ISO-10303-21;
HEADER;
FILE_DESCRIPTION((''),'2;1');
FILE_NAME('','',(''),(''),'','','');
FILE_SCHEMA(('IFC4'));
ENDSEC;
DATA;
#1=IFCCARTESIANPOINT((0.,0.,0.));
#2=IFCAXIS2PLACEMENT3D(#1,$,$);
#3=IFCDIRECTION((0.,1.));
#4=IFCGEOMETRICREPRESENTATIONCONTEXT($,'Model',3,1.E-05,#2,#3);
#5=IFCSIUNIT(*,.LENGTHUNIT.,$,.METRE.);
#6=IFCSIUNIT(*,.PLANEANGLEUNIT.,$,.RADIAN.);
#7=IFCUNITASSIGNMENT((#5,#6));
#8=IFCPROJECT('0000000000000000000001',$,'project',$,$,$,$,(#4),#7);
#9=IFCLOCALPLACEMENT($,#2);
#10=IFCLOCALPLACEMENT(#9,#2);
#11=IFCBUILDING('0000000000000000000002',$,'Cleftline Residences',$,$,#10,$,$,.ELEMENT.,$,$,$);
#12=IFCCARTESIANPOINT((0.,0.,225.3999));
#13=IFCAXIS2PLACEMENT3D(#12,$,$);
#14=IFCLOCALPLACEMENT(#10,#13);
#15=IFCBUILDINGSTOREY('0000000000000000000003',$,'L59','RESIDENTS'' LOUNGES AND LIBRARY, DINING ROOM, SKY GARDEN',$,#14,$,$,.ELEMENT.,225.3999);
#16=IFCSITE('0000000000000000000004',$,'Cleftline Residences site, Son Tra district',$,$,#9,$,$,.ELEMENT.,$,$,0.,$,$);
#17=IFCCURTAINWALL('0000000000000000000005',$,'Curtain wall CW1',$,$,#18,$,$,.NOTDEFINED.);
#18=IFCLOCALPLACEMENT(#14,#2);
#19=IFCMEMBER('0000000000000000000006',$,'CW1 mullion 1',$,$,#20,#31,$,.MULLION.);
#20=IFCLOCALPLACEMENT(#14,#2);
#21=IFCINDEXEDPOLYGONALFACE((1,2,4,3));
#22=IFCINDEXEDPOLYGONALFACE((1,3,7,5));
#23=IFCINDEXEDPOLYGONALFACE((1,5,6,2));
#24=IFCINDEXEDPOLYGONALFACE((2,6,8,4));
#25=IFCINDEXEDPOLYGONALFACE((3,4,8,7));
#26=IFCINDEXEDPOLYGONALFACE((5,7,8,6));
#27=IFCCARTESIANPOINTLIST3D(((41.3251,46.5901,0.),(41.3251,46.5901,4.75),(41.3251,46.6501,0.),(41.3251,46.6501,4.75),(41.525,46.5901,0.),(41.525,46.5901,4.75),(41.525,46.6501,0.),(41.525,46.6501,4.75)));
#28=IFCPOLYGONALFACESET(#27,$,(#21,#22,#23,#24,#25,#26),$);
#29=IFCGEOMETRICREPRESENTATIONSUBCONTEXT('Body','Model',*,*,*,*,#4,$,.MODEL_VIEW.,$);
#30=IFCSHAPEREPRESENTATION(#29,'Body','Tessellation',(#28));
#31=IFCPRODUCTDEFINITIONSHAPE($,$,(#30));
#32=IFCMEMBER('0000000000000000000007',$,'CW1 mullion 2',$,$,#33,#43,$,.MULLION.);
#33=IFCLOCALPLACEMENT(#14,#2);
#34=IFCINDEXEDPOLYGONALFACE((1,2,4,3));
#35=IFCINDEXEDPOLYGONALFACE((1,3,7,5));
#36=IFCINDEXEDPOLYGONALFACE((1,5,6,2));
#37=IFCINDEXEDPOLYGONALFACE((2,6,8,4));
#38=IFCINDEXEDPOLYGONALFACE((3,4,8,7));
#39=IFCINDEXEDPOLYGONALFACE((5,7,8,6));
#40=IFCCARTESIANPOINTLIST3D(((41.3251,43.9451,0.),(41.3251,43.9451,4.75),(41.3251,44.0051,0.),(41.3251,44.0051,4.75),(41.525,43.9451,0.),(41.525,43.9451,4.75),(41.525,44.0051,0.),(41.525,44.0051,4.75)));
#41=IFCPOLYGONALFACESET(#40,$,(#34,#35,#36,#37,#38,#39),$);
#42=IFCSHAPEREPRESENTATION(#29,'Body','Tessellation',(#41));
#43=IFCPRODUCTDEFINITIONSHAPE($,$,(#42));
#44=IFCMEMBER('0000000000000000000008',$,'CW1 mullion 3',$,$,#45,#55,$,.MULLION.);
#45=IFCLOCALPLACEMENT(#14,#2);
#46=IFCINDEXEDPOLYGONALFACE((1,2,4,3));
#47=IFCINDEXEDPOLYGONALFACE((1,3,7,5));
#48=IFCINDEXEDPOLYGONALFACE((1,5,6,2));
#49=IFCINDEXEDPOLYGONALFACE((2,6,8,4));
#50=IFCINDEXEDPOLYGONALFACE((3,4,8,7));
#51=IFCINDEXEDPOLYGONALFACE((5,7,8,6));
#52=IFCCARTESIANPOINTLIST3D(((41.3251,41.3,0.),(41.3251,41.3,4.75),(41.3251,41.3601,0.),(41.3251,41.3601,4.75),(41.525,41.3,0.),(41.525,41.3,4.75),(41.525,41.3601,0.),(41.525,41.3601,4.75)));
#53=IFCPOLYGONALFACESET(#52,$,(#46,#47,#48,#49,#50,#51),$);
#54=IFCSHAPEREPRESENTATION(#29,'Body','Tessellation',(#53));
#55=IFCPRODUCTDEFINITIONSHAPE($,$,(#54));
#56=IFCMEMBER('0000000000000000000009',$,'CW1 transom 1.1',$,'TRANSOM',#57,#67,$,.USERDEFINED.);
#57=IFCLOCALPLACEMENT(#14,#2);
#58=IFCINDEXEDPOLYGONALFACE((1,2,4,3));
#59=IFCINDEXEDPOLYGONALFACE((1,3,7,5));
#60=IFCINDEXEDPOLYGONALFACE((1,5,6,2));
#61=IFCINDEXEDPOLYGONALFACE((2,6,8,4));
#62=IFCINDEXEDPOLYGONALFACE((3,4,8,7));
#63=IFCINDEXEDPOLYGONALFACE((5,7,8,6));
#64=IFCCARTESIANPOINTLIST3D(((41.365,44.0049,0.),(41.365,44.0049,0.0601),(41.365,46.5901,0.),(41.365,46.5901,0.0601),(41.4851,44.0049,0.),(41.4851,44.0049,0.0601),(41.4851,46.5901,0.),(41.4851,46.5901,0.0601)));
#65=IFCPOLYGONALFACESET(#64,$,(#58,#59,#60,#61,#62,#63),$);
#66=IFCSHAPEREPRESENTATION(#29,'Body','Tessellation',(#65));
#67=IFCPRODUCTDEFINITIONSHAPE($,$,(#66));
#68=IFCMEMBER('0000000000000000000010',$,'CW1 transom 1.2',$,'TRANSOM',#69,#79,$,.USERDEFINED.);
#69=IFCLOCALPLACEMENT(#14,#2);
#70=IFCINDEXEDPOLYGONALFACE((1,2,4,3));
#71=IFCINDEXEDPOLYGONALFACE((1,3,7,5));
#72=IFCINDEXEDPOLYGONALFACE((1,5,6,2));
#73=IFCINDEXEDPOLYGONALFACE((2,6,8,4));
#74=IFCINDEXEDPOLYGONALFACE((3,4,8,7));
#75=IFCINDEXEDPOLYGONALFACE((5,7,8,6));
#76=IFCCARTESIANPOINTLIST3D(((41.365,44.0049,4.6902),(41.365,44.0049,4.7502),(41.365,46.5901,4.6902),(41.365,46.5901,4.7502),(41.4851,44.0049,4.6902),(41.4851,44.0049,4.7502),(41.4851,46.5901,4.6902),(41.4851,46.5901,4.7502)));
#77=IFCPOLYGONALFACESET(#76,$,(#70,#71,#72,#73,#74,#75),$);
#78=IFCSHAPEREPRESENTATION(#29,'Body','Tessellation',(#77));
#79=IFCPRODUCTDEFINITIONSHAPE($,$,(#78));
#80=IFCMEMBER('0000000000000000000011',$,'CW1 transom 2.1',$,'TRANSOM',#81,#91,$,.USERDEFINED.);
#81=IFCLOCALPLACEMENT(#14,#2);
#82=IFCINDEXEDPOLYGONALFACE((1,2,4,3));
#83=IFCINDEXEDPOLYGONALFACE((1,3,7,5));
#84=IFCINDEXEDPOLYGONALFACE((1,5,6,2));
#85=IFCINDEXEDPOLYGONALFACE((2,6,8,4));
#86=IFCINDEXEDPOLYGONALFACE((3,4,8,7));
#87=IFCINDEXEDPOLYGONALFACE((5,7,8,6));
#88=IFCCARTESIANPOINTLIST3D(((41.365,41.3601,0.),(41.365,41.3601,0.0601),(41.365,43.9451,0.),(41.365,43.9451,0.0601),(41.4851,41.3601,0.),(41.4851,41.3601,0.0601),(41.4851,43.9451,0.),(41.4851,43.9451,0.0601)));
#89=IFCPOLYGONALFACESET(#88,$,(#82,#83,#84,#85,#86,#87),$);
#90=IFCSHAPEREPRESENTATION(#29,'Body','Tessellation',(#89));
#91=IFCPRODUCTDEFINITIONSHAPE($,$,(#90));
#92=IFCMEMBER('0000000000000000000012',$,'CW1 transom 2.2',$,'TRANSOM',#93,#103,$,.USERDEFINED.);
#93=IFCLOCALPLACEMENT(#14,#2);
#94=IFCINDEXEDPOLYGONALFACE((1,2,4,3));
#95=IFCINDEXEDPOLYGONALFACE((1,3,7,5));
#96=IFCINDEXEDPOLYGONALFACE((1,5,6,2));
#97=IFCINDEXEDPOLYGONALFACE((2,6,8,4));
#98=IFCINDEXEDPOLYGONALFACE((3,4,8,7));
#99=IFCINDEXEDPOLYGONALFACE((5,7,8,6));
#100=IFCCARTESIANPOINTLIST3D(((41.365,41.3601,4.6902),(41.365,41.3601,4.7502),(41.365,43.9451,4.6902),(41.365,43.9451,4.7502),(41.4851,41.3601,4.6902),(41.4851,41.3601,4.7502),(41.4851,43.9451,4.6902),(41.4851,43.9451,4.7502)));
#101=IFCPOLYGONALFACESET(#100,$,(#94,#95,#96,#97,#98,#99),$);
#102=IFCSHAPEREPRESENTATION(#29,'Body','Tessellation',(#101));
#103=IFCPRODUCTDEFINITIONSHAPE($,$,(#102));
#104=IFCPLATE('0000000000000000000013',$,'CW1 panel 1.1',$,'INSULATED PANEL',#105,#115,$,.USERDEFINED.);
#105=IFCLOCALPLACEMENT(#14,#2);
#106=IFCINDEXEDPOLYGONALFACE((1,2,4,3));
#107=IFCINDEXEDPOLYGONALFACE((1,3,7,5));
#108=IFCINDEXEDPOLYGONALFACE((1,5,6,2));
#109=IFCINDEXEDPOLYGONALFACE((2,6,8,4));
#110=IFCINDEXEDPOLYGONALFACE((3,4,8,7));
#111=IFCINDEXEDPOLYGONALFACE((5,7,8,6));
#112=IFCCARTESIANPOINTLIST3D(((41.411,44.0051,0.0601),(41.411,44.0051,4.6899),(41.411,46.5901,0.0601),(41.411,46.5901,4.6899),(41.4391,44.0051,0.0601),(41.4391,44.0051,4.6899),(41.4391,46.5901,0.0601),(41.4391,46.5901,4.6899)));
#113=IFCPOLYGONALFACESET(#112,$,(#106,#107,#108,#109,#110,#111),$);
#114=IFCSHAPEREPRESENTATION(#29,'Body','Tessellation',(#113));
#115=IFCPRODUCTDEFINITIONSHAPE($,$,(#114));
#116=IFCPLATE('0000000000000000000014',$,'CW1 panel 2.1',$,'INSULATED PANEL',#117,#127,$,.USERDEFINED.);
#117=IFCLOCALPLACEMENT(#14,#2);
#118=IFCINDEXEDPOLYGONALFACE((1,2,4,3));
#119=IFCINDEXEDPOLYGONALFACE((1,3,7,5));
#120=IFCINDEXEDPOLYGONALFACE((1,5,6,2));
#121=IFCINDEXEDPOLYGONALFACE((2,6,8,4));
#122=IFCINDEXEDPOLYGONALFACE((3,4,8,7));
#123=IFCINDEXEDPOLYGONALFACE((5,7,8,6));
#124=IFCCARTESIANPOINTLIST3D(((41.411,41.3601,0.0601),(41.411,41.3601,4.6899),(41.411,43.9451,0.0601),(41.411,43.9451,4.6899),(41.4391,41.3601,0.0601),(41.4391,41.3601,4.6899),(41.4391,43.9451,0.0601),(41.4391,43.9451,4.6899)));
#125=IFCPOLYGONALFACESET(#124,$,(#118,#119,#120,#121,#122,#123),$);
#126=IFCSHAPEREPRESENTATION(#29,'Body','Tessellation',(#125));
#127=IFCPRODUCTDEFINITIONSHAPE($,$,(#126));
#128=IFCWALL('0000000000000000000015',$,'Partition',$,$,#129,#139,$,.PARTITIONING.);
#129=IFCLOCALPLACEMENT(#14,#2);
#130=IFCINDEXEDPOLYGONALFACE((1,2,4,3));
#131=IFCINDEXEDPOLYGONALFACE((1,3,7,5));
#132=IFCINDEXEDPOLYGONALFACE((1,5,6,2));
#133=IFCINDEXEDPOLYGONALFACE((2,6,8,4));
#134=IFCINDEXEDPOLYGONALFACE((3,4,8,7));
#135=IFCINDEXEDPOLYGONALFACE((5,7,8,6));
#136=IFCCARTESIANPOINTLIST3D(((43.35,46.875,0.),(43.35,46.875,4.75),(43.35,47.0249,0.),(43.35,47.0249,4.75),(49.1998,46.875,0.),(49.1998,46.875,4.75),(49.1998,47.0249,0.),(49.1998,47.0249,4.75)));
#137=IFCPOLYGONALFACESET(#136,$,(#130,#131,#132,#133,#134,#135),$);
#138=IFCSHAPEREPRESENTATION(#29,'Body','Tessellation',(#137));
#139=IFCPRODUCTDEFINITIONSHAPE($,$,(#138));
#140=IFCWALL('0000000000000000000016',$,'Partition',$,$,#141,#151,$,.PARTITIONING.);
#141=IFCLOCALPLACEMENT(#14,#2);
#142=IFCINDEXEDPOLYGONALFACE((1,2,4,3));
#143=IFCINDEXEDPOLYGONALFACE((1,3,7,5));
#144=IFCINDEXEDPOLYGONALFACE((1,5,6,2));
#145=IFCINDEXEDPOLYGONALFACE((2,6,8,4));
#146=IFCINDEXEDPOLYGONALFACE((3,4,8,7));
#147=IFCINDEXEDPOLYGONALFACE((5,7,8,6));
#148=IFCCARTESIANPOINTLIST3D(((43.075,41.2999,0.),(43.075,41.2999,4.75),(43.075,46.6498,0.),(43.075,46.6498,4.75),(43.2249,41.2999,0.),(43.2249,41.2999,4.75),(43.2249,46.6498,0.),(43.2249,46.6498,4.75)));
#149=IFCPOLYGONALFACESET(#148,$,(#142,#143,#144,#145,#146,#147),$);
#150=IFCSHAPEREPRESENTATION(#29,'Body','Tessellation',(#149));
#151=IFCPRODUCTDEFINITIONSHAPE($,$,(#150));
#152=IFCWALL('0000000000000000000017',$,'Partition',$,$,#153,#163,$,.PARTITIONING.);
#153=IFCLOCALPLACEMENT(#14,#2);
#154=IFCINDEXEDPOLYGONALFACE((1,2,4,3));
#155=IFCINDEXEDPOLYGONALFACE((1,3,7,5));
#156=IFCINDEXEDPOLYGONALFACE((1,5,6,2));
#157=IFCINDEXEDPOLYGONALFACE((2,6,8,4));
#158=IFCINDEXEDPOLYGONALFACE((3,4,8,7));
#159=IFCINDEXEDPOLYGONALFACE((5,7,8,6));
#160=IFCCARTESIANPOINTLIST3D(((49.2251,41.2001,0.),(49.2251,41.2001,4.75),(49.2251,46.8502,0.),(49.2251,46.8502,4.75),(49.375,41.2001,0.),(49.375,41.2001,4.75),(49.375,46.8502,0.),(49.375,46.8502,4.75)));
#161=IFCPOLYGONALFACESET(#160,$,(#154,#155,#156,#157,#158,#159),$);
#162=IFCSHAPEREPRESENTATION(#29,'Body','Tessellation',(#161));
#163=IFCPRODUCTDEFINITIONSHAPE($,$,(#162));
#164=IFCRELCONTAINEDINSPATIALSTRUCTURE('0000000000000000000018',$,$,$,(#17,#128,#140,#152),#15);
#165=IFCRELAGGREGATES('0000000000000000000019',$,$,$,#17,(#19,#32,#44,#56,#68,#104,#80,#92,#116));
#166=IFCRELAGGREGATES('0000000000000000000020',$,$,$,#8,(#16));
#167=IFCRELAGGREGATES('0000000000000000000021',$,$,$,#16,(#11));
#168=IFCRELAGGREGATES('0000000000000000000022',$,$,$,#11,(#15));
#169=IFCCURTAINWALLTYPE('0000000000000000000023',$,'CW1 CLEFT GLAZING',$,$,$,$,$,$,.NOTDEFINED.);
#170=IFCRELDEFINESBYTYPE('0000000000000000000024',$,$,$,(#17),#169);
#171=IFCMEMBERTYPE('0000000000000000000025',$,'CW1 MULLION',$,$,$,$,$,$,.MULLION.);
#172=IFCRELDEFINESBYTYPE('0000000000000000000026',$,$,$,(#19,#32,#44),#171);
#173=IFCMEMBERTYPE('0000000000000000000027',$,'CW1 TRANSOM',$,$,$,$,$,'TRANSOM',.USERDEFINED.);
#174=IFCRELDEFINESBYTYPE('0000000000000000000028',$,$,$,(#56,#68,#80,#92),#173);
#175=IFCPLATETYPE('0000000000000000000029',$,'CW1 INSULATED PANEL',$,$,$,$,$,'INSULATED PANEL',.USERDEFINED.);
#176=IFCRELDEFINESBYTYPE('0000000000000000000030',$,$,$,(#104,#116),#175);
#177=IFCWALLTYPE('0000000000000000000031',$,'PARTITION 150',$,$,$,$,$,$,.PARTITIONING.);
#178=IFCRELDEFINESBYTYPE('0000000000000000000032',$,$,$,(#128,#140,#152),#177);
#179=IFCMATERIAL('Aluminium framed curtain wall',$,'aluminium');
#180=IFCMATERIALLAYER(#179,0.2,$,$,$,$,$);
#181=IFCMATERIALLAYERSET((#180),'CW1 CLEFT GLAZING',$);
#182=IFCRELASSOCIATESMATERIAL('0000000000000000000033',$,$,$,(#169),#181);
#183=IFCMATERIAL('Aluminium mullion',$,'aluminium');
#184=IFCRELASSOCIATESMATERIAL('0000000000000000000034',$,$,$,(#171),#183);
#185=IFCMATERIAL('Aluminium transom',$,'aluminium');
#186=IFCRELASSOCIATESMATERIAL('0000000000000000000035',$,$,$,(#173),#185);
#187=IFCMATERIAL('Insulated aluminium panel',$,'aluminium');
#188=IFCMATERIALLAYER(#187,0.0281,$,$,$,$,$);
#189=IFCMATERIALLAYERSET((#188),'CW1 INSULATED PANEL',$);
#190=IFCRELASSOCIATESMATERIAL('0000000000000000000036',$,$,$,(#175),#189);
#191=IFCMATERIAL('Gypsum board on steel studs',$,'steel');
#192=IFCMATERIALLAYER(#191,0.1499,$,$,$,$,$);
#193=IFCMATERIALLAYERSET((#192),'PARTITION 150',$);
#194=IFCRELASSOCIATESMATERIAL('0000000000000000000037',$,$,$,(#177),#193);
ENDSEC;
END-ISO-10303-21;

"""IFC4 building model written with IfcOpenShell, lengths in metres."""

from ifc_helpers import new_model, si_unit, direction, frame, frame_2d, origin, origin_2d, place, context, subcontext, project, spatial, rectangle, extrude, material, layer, layer_set, material_profile, profile_set, type_object, element, aggregate, save


model = new_model("IFC4")

# Units and contexts
model_context = context("Model", 3, precision=1e-05, world=origin(), true_north=direction((0.0, 1.0)))
body_context = subcontext(model_context, "Body", "Model", "MODEL_VIEW")
ifc_project = project(units=[si_unit("LENGTHUNIT", "METRE"), si_unit("PLANEANGLEUNIT", "RADIAN")], contexts=[model_context])

# Site, building, storey
site_placement = place(None, origin())
site = spatial("IfcSite", under=ifc_project, at=site_placement, Name="Cleftline Residences site, Son Tra district", CompositionType="ELEMENT", RefElevation=0.0)
building_placement = place(site_placement, origin())
building = spatial("IfcBuilding", under=site, at=building_placement, Name="Cleftline Residences", CompositionType="ELEMENT")
storey_placement = place(building_placement, frame((0.0, 0.0, 225.3999)))
storey = spatial("IfcBuildingStorey", under=building, at=storey_placement, Name="L59", Description="RESIDENTS' LOUNGES AND LIBRARY, DINING ROOM, SKY GARDEN", CompositionType="ELEMENT", Elevation=225.3999)

# Curtain wall, members, plates
ifc_material_1 = material(Name="Aluminium framed curtain wall", Category="aluminium")
ifc_layer_1 = layer(ifc_material_1, 0.2)
ifc_layer_set_1 = layer_set([ifc_layer_1], Name="CW1 CLEFT GLAZING")
curtain_wall_type = type_object("IfcCurtainWallType", Name="CW1 CLEFT GLAZING", PredefinedType="NOTDEFINED", material=ifc_layer_set_1)
curtain_wall_placement = place(storey_placement, origin())
curtain_wall = element("IfcCurtainWall", 1, at=curtain_wall_placement, inside=storey, type_object=curtain_wall_type, Name="Curtain wall CW1", PredefinedType="NOTDEFINED")
ifc_material_2 = material(Name="Aluminium mullion", Category="aluminium")
ifc_material_profile_1 = material_profile(ifc_material_2, rectangle(XDim=0.2, YDim=0.0601, at=origin_2d()))
ifc_profile_set_1 = profile_set([ifc_material_profile_1], Name="Aluminium mullion")
member_type_1 = type_object("IfcMemberType", Name="CW1 MULLION", PredefinedType="MULLION", material=ifc_profile_set_1)
member_1_placement = place(storey_placement, frame((41.425, 46.6201, 0.0), z_axis=(0.0, 0.0, 1.0), x_axis=(1.0, 0.0, 0.0)))
member_1 = element("IfcMember", 2, at=member_1_placement, type_object=member_type_1, Name="CW1 mullion 1", PredefinedType="MULLION", context=body_context, shape_type="SweptSolid", body=[
    extrude(rectangle(XDim=0.2, YDim=0.0601, at=origin_2d()), origin(), (0.0, 0.0, 1.0), 4.75),
])
member_2_placement = place(storey_placement, frame((41.425, 43.9751, 0.0), z_axis=(0.0, 0.0, 1.0), x_axis=(1.0, 0.0, 0.0)))
member_2 = element("IfcMember", 3, at=member_2_placement, type_object=member_type_1, Name="CW1 mullion 2", PredefinedType="MULLION", context=body_context, shape_type="SweptSolid", body=[
    extrude(rectangle(XDim=0.2, YDim=0.0601, at=origin_2d()), origin(), (0.0, 0.0, 1.0), 4.75),
])
member_3_placement = place(storey_placement, frame((41.425, 41.3301, 0.0), z_axis=(0.0, 0.0, 1.0), x_axis=(1.0, 0.0, 0.0)))
member_3 = element("IfcMember", 4, at=member_3_placement, type_object=member_type_1, Name="CW1 mullion 3", PredefinedType="MULLION", context=body_context, shape_type="SweptSolid", body=[
    extrude(rectangle(XDim=0.2, YDim=0.0601, at=origin_2d()), origin(), (0.0, 0.0, 1.0), 4.75),
])
ifc_material_3 = material(Name="Aluminium transom", Category="aluminium")
ifc_material_profile_2 = material_profile(ifc_material_3, rectangle(XDim=0.1201, YDim=0.0601, at=origin_2d()))
ifc_profile_set_2 = profile_set([ifc_material_profile_2], Name="Aluminium transom")
member_type_2 = type_object("IfcMemberType", Name="CW1 TRANSOM", ElementType="TRANSOM", PredefinedType="USERDEFINED", material=ifc_profile_set_2)
member_4_placement = place(storey_placement, frame((41.425, 46.5901, 0.03), z_axis=(0.0, -1.0, 0.0), x_axis=(1.0, 0.0, 0.0)))
member_4 = element("IfcMember", 5, at=member_4_placement, type_object=member_type_2, Name="CW1 transom 1.1", ObjectType="TRANSOM", PredefinedType="USERDEFINED", context=body_context, shape_type="SweptSolid", body=[
    extrude(rectangle(XDim=0.1201, YDim=0.0601, at=origin_2d()), origin(), (0.0, 0.0, 1.0), 2.5852),
])
member_5_placement = place(storey_placement, frame((41.425, 46.5901, 4.7202), z_axis=(0.0, -1.0, 0.0), x_axis=(1.0, 0.0, 0.0)))
member_5 = element("IfcMember", 6, at=member_5_placement, type_object=member_type_2, Name="CW1 transom 1.2", ObjectType="TRANSOM", PredefinedType="USERDEFINED", context=body_context, shape_type="SweptSolid", body=[
    extrude(rectangle(XDim=0.1201, YDim=0.0601, at=origin_2d()), origin(), (0.0, 0.0, 1.0), 2.5852),
])
member_6_placement = place(storey_placement, frame((41.425, 43.9451, 0.03), z_axis=(0.0, -1.0, 0.0), x_axis=(1.0, 0.0, 0.0)))
member_6 = element("IfcMember", 7, at=member_6_placement, type_object=member_type_2, Name="CW1 transom 2.1", ObjectType="TRANSOM", PredefinedType="USERDEFINED", context=body_context, shape_type="SweptSolid", body=[
    extrude(rectangle(XDim=0.1201, YDim=0.0601, at=origin_2d()), origin(), (0.0, 0.0, 1.0), 2.585),
])
member_7_placement = place(storey_placement, frame((41.425, 43.9451, 4.7202), z_axis=(0.0, -1.0, 0.0), x_axis=(1.0, 0.0, 0.0)))
member_7 = element("IfcMember", 8, at=member_7_placement, type_object=member_type_2, Name="CW1 transom 2.2", ObjectType="TRANSOM", PredefinedType="USERDEFINED", context=body_context, shape_type="SweptSolid", body=[
    extrude(rectangle(XDim=0.1201, YDim=0.0601, at=origin_2d()), origin(), (0.0, 0.0, 1.0), 2.585),
])
ifc_material_4 = material(Name="Insulated aluminium panel", Category="aluminium")
ifc_layer_2 = layer(ifc_material_4, 0.0281)
ifc_layer_set_2 = layer_set([ifc_layer_2], Name="CW1 INSULATED PANEL")
plate_type = type_object("IfcPlateType", Name="CW1 INSULATED PANEL", ElementType="INSULATED PANEL", PredefinedType="USERDEFINED", material=ifc_layer_set_2)
plate_1_placement = place(storey_placement, frame((41.425, 45.2976, 0.0601), z_axis=(0.0, 0.0, 1.0), x_axis=(0.0, -1.0, 0.0)))
plate_1 = element("IfcPlate", 9, at=plate_1_placement, type_object=plate_type, Name="CW1 panel 1.1", ObjectType="INSULATED PANEL", PredefinedType="USERDEFINED", context=body_context, shape_type="SweptSolid", body=[
    extrude(rectangle(XDim=2.585, YDim=0.0281, at=origin_2d()), origin(), (0.0, 0.0, 1.0), 4.6299),
])
plate_2_placement = place(storey_placement, frame((41.425, 42.6526, 0.0601), z_axis=(0.0, 0.0, 1.0), x_axis=(0.0, -1.0, 0.0)))
plate_2 = element("IfcPlate", 10, at=plate_2_placement, type_object=plate_type, Name="CW1 panel 2.1", ObjectType="INSULATED PANEL", PredefinedType="USERDEFINED", context=body_context, shape_type="SweptSolid", body=[
    extrude(rectangle(XDim=2.585, YDim=0.0281, at=origin_2d()), origin(), (0.0, 0.0, 1.0), 4.6299),
])
aggregate(curtain_wall, [member_1, member_2, member_3, member_4, member_5, plate_1, member_6, member_7, plate_2])

# Walls
ifc_material_5 = material(Name="Gypsum board on steel studs", Category="steel")
ifc_layer_3 = layer(ifc_material_5, 0.1499)
ifc_layer_set_3 = layer_set([ifc_layer_3], Name="PARTITION 150")
wall_type = type_object("IfcWallType", Name="PARTITION 150", PredefinedType="PARTITIONING", material=ifc_layer_set_3)
wall_1_placement = place(storey_placement, frame((43.3501, 46.95, 0.0), z_axis=(0.0, 0.0, 1.0), x_axis=(1.0, 0.0, 0.0)))
element("IfcWall", 11, at=wall_1_placement, inside=storey, type_object=wall_type, Name="Partition", PredefinedType="PARTITIONING", context=body_context, shape_type="SweptSolid", body=[
    extrude(rectangle(XDim=5.8499, YDim=0.1499, at=frame_2d((2.9248, 0.0))), origin(), (0.0, 0.0, 1.0), 4.75),
])
wall_2_placement = place(storey_placement, frame((43.1499, 41.3, 0.0), z_axis=(0.0, 0.0, 1.0), x_axis=(0.0, 1.0, 0.0)))
element("IfcWall", 12, at=wall_2_placement, inside=storey, type_object=wall_type, Name="Partition", PredefinedType="PARTITIONING", context=body_context, shape_type="SweptSolid", body=[
    extrude(rectangle(XDim=5.3499, YDim=0.1499, at=frame_2d((2.6748, 0.0))), origin(), (0.0, 0.0, 1.0), 4.75),
])
wall_3_placement = place(storey_placement, frame((49.3, 41.2, 0.0), z_axis=(0.0, 0.0, 1.0), x_axis=(0.0, 1.0, 0.0)))
element("IfcWall", 13, at=wall_3_placement, inside=storey, type_object=wall_type, Name="Partition", PredefinedType="PARTITIONING", context=body_context, shape_type="SweptSolid", body=[
    extrude(rectangle(XDim=5.6501, YDim=0.1499, at=frame_2d((2.8252, 0.0))), origin(), (0.0, 0.0, 1.0), 4.75),
])

save(model, "model.ifc")
